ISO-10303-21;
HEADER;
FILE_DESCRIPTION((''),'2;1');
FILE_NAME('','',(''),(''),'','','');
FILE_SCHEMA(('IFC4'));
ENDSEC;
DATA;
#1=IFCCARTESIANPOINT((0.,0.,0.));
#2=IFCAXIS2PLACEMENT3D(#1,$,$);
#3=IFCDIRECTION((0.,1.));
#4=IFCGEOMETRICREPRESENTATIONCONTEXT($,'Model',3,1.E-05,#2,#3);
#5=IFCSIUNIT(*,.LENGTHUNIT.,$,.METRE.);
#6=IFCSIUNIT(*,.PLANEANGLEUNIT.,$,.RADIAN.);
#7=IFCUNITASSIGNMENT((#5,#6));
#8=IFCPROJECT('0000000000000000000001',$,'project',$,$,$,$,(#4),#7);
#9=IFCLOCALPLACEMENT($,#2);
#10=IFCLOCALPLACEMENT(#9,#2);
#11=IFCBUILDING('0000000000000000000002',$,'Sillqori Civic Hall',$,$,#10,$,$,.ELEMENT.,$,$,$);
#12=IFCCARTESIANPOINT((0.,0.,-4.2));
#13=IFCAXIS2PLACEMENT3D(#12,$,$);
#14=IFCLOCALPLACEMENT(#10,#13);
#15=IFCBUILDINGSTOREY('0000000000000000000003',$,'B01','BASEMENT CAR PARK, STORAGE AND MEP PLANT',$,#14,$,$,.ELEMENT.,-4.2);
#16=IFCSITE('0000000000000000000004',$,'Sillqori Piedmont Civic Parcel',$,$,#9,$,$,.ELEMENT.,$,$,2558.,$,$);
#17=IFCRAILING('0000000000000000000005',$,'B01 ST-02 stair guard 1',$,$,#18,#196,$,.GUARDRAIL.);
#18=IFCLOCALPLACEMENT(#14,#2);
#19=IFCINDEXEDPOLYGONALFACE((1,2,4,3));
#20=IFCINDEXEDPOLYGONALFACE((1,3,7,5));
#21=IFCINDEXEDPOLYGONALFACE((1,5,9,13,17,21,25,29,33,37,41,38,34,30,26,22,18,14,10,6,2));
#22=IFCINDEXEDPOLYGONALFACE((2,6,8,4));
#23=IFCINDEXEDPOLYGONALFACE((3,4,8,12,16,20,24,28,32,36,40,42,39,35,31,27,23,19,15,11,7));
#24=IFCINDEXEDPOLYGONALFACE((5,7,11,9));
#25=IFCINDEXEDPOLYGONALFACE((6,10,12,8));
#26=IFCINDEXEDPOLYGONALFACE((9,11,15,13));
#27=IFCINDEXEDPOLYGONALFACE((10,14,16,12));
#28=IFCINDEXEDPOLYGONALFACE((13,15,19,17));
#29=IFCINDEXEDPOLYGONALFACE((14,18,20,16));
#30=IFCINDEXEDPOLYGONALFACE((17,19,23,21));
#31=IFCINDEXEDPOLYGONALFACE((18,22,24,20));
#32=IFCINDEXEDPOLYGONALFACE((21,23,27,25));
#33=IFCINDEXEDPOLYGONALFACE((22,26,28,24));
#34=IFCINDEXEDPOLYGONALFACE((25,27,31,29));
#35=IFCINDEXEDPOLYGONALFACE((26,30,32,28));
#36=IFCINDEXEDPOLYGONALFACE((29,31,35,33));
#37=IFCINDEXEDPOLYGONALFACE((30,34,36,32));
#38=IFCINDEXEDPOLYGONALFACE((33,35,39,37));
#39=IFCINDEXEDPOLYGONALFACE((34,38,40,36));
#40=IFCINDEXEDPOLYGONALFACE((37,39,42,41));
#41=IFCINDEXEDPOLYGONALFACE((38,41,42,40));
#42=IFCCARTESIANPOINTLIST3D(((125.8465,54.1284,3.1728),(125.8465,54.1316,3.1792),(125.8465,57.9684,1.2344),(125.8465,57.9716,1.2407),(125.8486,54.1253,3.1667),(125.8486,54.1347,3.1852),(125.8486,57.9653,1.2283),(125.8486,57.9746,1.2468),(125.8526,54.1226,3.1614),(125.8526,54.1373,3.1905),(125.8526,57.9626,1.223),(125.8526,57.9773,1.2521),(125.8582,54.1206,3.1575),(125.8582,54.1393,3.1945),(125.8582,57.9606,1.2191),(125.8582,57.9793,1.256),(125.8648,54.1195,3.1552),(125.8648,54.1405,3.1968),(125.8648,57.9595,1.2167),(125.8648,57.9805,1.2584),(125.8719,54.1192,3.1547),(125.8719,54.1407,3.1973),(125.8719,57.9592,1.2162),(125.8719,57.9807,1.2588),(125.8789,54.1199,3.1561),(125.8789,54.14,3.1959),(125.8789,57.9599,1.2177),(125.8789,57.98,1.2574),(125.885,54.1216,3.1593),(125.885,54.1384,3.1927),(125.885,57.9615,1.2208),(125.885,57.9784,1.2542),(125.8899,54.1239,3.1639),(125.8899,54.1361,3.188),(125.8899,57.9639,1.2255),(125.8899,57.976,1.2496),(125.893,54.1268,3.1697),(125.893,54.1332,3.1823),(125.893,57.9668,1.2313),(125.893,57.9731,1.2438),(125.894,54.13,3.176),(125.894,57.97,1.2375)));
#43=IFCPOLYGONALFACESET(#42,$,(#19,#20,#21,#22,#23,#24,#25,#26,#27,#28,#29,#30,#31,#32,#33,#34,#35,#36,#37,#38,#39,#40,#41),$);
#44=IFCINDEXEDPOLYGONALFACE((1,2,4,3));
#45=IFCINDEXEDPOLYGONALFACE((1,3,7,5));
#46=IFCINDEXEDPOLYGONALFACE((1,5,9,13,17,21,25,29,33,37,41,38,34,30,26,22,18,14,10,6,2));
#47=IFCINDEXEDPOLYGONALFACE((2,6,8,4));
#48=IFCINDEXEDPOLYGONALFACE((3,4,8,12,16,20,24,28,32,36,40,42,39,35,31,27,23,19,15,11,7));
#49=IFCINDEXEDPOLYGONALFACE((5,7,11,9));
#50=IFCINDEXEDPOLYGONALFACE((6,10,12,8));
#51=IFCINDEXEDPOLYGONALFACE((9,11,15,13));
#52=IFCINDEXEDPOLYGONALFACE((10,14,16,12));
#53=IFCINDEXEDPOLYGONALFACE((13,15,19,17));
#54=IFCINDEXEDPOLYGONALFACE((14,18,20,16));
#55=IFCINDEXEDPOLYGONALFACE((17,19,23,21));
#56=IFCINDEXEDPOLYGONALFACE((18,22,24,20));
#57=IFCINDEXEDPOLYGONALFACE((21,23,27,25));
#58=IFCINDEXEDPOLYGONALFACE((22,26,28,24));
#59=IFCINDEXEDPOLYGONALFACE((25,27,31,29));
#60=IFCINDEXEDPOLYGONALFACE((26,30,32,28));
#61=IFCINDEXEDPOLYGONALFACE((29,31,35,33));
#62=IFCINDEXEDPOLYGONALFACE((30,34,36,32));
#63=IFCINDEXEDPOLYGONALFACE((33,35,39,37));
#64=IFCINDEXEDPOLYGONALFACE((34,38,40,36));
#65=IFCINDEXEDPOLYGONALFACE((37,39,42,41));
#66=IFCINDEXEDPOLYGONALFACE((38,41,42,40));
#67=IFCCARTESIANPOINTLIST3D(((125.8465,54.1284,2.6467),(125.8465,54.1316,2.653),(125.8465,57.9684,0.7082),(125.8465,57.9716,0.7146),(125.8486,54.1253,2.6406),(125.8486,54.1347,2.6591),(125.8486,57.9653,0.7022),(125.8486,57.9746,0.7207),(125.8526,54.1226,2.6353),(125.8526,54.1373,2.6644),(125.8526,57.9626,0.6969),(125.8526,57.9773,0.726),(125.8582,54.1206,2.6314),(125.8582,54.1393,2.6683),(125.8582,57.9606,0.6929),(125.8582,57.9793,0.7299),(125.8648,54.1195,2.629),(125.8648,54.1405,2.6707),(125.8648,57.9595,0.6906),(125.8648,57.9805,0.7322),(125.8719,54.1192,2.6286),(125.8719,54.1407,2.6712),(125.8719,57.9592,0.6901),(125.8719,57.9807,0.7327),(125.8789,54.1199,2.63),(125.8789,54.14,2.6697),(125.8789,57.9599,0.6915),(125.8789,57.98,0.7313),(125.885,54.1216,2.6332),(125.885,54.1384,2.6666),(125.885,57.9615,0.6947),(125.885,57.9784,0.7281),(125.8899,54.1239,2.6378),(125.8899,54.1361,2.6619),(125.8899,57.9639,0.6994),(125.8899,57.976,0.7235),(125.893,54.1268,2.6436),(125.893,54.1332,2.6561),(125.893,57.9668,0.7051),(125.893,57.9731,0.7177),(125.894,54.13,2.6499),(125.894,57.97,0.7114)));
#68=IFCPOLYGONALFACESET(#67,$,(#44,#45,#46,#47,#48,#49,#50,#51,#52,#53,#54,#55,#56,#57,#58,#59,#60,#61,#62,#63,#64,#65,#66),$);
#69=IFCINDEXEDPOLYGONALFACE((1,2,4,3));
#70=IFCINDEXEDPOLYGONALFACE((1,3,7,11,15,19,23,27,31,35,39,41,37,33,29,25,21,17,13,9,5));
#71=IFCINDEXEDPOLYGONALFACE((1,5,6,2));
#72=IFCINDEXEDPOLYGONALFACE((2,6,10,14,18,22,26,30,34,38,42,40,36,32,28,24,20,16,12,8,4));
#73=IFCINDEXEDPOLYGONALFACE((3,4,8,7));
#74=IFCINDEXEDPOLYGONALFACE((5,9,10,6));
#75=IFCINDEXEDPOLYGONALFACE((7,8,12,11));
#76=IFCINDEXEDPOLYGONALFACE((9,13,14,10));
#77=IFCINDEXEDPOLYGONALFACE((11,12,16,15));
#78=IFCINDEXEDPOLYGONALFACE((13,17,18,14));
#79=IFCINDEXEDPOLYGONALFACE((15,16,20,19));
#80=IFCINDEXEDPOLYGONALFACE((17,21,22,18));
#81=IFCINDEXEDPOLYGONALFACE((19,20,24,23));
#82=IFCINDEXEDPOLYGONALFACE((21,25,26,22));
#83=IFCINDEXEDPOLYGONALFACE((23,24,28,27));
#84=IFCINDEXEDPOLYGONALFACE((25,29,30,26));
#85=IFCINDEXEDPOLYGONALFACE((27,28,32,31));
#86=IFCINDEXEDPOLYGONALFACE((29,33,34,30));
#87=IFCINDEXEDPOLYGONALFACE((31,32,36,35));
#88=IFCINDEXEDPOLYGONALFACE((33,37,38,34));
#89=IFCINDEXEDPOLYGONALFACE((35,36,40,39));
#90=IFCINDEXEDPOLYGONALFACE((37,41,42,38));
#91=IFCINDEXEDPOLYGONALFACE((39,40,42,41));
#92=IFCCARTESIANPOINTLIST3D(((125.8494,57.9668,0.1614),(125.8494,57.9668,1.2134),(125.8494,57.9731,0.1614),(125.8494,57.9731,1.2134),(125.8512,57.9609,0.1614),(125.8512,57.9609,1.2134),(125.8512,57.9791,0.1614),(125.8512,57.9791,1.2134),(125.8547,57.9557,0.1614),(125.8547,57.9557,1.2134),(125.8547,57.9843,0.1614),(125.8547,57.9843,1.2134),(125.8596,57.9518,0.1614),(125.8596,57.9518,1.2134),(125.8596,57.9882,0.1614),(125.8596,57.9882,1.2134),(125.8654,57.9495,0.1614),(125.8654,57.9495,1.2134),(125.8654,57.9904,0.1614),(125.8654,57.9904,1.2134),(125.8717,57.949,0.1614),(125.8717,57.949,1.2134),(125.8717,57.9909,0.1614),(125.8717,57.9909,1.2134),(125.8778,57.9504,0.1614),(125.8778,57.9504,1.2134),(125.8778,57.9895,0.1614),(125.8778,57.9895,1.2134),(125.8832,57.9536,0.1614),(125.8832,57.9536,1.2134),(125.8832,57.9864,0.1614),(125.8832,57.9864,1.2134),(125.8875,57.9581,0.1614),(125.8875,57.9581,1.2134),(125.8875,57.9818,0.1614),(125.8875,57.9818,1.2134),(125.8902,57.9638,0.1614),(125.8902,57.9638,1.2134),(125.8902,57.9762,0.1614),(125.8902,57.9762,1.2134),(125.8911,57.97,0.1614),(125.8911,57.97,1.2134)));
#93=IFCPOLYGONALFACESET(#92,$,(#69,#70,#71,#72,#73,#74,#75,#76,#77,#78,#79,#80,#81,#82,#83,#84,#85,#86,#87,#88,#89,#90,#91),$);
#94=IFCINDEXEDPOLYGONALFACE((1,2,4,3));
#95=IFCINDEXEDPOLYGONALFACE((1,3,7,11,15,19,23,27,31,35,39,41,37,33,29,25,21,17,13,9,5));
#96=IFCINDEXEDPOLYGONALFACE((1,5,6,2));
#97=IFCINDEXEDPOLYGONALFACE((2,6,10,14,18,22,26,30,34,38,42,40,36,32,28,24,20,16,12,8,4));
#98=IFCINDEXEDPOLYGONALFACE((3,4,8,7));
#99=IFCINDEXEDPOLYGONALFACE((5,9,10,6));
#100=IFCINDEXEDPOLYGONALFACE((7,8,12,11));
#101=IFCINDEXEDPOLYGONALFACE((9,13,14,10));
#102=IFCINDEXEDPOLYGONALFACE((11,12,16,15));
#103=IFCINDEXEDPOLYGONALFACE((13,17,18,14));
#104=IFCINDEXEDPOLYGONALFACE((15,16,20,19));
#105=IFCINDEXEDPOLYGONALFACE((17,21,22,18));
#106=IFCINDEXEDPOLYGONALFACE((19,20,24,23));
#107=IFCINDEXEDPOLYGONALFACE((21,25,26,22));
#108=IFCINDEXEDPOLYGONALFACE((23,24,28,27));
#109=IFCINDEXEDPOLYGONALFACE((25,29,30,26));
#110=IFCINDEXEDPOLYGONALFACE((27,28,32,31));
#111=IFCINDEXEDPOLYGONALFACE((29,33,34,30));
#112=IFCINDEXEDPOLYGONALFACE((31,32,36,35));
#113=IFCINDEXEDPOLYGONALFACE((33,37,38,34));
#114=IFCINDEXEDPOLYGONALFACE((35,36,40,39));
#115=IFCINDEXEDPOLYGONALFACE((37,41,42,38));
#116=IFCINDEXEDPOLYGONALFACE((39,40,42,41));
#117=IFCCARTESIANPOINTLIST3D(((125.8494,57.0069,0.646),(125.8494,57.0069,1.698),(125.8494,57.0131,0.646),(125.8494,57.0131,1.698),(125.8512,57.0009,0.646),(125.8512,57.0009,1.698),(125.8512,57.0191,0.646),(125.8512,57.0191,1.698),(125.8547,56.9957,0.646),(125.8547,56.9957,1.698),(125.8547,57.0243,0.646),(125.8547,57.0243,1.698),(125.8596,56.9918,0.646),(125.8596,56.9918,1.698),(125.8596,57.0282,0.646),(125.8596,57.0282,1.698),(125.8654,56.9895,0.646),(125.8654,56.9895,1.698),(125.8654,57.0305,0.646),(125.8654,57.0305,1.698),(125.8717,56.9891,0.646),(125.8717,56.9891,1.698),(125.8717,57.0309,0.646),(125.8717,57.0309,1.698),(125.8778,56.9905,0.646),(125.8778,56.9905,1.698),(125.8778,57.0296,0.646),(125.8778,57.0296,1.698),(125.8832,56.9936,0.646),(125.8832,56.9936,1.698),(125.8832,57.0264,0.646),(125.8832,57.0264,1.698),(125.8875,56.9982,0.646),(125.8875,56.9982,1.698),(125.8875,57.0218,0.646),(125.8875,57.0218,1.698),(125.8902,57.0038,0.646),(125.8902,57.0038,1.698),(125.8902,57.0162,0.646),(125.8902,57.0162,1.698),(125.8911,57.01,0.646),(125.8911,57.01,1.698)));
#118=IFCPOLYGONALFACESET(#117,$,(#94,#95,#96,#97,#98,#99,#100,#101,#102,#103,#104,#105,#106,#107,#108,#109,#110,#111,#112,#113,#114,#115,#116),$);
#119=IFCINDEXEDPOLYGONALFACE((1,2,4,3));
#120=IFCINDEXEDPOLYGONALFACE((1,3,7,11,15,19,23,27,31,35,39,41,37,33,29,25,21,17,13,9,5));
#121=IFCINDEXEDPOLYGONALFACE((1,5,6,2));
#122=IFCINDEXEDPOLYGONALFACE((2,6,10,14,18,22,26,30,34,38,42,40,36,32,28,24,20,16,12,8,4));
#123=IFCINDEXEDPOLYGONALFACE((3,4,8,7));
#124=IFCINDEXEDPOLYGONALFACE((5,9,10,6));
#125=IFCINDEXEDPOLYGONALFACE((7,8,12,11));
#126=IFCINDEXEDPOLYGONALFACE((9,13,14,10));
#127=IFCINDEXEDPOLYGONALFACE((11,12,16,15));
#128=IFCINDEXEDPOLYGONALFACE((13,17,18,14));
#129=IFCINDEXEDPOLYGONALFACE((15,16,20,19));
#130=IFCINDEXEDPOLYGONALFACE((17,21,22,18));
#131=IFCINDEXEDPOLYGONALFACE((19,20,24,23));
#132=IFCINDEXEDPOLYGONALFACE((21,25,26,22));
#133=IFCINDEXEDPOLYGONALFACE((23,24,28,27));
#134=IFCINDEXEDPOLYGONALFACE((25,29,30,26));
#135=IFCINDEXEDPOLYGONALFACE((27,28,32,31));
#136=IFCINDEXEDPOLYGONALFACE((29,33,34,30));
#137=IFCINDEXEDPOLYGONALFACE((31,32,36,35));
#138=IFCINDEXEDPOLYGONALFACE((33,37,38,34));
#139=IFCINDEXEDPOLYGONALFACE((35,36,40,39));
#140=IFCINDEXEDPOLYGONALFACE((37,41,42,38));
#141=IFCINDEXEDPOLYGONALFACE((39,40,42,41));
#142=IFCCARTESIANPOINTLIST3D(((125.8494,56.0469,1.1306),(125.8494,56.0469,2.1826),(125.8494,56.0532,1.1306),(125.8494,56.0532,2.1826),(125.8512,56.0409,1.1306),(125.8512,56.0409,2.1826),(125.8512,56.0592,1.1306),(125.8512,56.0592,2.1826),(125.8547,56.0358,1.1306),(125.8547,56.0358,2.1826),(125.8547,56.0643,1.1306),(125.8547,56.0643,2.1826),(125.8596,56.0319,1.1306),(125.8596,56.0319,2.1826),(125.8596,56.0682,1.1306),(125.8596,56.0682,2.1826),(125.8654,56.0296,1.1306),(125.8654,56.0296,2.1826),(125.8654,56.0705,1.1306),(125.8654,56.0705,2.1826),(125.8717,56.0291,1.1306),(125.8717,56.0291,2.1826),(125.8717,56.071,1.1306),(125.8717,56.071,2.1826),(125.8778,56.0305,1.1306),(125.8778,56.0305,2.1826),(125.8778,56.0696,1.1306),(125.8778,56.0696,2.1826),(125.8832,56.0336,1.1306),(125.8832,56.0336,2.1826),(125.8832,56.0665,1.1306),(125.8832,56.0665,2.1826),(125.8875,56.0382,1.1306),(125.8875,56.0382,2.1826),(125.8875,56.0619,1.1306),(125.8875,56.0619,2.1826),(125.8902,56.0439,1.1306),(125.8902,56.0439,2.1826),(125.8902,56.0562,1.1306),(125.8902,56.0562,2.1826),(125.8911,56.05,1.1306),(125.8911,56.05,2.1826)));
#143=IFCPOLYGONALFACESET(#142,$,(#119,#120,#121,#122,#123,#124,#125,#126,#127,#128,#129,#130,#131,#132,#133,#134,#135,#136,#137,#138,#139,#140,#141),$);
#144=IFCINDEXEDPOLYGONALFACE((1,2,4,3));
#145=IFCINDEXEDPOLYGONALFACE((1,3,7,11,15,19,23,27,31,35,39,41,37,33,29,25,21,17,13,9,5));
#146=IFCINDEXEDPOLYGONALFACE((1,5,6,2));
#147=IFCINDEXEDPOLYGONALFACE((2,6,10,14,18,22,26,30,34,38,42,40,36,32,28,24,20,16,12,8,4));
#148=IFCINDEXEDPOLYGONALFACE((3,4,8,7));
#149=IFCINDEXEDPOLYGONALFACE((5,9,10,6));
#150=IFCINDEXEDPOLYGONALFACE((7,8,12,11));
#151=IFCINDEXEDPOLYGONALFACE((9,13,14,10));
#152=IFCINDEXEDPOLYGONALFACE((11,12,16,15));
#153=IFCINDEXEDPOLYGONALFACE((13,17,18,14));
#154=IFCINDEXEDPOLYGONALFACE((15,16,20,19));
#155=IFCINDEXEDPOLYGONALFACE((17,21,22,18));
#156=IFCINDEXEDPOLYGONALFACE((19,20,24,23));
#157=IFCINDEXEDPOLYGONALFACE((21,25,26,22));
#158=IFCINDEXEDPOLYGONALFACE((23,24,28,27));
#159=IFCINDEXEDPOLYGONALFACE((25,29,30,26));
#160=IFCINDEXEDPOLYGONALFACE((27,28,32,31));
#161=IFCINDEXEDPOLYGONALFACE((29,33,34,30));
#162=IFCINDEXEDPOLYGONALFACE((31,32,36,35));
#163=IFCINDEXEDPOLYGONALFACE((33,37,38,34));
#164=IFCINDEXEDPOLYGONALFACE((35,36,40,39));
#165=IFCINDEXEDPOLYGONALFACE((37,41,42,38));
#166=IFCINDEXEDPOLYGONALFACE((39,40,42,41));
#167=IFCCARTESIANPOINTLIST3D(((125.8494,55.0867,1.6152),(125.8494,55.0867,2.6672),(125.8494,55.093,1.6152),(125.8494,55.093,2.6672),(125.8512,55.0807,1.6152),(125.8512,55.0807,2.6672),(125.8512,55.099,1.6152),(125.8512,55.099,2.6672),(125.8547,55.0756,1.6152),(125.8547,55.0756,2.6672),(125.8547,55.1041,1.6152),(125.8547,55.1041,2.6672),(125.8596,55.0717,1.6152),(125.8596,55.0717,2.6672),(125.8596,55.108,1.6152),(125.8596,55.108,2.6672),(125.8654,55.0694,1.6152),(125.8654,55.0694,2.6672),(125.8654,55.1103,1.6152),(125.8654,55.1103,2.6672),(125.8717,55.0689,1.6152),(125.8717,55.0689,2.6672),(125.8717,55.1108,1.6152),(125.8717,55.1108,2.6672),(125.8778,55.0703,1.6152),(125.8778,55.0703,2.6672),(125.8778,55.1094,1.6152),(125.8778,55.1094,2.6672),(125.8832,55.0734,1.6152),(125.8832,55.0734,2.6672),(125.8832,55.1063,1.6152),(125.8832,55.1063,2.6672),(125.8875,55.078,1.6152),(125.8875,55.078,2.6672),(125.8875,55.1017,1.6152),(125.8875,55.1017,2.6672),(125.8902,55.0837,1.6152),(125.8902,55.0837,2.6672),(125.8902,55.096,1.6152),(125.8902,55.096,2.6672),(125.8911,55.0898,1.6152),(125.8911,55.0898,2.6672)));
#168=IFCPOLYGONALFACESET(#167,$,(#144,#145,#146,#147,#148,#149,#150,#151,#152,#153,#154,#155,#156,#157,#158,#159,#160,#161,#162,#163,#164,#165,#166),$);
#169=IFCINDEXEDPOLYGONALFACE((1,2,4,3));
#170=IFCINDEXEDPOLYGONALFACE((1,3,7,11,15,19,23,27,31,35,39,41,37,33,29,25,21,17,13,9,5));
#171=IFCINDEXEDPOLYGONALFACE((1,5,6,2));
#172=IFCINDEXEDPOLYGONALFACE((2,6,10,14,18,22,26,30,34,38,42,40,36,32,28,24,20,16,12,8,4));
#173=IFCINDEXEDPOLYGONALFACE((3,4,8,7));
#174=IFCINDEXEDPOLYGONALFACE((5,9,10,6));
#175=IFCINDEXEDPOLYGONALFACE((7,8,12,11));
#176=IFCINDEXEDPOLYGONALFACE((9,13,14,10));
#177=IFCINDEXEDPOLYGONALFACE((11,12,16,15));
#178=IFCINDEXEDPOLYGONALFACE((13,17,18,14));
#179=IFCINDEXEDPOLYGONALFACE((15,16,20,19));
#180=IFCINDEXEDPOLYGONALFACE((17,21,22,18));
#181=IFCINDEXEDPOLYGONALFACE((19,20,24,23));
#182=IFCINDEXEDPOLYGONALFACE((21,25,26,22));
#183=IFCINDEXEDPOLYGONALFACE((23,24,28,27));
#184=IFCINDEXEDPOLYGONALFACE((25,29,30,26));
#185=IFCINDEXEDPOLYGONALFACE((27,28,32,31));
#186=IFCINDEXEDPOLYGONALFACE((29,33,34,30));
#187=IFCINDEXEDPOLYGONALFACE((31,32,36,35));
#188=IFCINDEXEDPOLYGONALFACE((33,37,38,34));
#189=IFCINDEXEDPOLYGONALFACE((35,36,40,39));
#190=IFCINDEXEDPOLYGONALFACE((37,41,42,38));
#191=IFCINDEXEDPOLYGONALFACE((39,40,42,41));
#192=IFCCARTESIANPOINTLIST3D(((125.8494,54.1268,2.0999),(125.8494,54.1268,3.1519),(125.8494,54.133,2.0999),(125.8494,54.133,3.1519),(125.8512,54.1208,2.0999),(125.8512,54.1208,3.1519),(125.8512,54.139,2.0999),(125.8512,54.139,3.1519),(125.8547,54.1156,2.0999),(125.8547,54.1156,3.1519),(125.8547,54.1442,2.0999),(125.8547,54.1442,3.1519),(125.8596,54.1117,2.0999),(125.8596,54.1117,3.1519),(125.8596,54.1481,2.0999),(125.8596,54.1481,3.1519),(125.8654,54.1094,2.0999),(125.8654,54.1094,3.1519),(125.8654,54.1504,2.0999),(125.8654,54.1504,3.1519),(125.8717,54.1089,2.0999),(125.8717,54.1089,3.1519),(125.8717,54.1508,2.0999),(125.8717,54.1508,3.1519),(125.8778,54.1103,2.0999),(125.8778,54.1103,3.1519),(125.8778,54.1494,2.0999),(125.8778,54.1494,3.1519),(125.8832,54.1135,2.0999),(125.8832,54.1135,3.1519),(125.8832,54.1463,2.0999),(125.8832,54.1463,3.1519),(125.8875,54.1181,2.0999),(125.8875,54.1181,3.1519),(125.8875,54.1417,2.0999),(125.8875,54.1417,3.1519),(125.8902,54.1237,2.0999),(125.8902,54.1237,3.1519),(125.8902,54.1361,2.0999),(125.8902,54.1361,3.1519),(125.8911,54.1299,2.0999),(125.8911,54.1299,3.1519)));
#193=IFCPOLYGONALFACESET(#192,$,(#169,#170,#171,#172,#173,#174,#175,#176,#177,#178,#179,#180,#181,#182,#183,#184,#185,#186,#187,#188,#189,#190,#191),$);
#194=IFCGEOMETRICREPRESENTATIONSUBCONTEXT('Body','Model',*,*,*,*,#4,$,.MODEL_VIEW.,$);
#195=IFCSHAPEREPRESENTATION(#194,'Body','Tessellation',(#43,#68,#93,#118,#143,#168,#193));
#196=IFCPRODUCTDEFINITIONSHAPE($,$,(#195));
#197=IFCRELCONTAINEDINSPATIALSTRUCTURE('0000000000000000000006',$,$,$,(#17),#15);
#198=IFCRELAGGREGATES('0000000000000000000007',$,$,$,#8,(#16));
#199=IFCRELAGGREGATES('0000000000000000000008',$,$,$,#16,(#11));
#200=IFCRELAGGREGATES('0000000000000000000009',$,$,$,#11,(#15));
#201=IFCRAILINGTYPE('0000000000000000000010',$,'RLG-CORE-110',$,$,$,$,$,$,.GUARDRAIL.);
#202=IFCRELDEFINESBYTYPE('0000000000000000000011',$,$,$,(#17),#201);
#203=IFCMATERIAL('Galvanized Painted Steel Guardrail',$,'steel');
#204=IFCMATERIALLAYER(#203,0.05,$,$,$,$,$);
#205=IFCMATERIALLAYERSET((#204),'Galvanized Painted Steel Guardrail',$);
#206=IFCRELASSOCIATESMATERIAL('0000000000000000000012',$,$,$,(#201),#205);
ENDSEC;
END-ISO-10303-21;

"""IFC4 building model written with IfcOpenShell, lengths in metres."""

from ifc_helpers import new_model, si_unit, direction, frame, origin, origin_2d, place, context, subcontext, project, spatial, circle, extrude, material, layer, layer_set, type_object, element, save


model = new_model("IFC4")

# Units and contexts
model_context = context("Model", 3, precision=1e-05, world=origin(), true_north=direction((0.0, 1.0)))
body_context = subcontext(model_context, "Body", "Model", "MODEL_VIEW")
ifc_project = project(units=[si_unit("LENGTHUNIT", "METRE"), si_unit("PLANEANGLEUNIT", "RADIAN")], contexts=[model_context])

# Site, building, storey
site_placement = place(None, origin())
site = spatial("IfcSite", under=ifc_project, at=site_placement, Name="Sillqori Piedmont Civic Parcel", CompositionType="ELEMENT", RefElevation=2558.0)
building_placement = place(site_placement, origin())
building = spatial("IfcBuilding", under=site, at=building_placement, Name="Sillqori Civic Hall", CompositionType="ELEMENT")
storey_placement = place(building_placement, frame((0.0, 0.0, -4.2)))
storey = spatial("IfcBuildingStorey", under=building, at=storey_placement, Name="B01", Description="BASEMENT CAR PARK, STORAGE AND MEP PLANT", CompositionType="ELEMENT", Elevation=-4.2)

# Railing
ifc_material_1 = material(Name="Galvanized Painted Steel Guardrail", Category="steel")
ifc_layer_1 = layer(ifc_material_1, 0.05)
ifc_layer_set_1 = layer_set([ifc_layer_1], Name="Galvanized Painted Steel Guardrail")
railing_type_1 = type_object("IfcRailingType", Name="RLG-CORE-110", PredefinedType="GUARDRAIL", material=ifc_layer_set_1)
railing_1_placement = place(storey_placement, frame((125.8701, 57.97, 0.1614)))
element("IfcRailing", 1, at=railing_1_placement, inside=storey, type_object=railing_type_1, Name="B01 ST-02 stair guard 1", PredefinedType="GUARDRAIL", context=body_context, shape_type="SweptSolid", body=[
    extrude(circle(Radius=0.0239, at=origin_2d()), frame((0.0, 0.0, 1.0762), z_axis=(0.0, -0.892707, 0.450638), x_axis=(1.0, 0.0, 0.0)), (0.0, 0.0, 1.0), 4.3015),
    extrude(circle(Radius=0.0239, at=origin_2d()), frame((0.0, 0.0, 0.55), z_axis=(0.0, -0.892707, 0.450638), x_axis=(1.0, 0.0, 0.0)), (0.0, 0.0, 1.0), 4.3015),
    extrude(circle(Radius=0.021, at=origin_2d()), origin(), (0.0, 0.0, 1.0), 1.052),
    extrude(circle(Radius=0.021, at=origin_2d()), frame((0.0, -0.96, 0.4846)), (0.0, 0.0, 1.0), 1.052),
    extrude(circle(Radius=0.021, at=origin_2d()), frame((0.0, -1.9199, 0.9692)), (0.0, 0.0, 1.0), 1.052),
    extrude(circle(Radius=0.021, at=origin_2d()), frame((0.0, -2.8801, 1.4539)), (0.0, 0.0, 1.0), 1.052),
    extrude(circle(Radius=0.021, at=origin_2d()), frame((0.0, -3.8401, 1.9385)), (0.0, 0.0, 1.0), 1.052),
])

save(model, "model.ifc")
